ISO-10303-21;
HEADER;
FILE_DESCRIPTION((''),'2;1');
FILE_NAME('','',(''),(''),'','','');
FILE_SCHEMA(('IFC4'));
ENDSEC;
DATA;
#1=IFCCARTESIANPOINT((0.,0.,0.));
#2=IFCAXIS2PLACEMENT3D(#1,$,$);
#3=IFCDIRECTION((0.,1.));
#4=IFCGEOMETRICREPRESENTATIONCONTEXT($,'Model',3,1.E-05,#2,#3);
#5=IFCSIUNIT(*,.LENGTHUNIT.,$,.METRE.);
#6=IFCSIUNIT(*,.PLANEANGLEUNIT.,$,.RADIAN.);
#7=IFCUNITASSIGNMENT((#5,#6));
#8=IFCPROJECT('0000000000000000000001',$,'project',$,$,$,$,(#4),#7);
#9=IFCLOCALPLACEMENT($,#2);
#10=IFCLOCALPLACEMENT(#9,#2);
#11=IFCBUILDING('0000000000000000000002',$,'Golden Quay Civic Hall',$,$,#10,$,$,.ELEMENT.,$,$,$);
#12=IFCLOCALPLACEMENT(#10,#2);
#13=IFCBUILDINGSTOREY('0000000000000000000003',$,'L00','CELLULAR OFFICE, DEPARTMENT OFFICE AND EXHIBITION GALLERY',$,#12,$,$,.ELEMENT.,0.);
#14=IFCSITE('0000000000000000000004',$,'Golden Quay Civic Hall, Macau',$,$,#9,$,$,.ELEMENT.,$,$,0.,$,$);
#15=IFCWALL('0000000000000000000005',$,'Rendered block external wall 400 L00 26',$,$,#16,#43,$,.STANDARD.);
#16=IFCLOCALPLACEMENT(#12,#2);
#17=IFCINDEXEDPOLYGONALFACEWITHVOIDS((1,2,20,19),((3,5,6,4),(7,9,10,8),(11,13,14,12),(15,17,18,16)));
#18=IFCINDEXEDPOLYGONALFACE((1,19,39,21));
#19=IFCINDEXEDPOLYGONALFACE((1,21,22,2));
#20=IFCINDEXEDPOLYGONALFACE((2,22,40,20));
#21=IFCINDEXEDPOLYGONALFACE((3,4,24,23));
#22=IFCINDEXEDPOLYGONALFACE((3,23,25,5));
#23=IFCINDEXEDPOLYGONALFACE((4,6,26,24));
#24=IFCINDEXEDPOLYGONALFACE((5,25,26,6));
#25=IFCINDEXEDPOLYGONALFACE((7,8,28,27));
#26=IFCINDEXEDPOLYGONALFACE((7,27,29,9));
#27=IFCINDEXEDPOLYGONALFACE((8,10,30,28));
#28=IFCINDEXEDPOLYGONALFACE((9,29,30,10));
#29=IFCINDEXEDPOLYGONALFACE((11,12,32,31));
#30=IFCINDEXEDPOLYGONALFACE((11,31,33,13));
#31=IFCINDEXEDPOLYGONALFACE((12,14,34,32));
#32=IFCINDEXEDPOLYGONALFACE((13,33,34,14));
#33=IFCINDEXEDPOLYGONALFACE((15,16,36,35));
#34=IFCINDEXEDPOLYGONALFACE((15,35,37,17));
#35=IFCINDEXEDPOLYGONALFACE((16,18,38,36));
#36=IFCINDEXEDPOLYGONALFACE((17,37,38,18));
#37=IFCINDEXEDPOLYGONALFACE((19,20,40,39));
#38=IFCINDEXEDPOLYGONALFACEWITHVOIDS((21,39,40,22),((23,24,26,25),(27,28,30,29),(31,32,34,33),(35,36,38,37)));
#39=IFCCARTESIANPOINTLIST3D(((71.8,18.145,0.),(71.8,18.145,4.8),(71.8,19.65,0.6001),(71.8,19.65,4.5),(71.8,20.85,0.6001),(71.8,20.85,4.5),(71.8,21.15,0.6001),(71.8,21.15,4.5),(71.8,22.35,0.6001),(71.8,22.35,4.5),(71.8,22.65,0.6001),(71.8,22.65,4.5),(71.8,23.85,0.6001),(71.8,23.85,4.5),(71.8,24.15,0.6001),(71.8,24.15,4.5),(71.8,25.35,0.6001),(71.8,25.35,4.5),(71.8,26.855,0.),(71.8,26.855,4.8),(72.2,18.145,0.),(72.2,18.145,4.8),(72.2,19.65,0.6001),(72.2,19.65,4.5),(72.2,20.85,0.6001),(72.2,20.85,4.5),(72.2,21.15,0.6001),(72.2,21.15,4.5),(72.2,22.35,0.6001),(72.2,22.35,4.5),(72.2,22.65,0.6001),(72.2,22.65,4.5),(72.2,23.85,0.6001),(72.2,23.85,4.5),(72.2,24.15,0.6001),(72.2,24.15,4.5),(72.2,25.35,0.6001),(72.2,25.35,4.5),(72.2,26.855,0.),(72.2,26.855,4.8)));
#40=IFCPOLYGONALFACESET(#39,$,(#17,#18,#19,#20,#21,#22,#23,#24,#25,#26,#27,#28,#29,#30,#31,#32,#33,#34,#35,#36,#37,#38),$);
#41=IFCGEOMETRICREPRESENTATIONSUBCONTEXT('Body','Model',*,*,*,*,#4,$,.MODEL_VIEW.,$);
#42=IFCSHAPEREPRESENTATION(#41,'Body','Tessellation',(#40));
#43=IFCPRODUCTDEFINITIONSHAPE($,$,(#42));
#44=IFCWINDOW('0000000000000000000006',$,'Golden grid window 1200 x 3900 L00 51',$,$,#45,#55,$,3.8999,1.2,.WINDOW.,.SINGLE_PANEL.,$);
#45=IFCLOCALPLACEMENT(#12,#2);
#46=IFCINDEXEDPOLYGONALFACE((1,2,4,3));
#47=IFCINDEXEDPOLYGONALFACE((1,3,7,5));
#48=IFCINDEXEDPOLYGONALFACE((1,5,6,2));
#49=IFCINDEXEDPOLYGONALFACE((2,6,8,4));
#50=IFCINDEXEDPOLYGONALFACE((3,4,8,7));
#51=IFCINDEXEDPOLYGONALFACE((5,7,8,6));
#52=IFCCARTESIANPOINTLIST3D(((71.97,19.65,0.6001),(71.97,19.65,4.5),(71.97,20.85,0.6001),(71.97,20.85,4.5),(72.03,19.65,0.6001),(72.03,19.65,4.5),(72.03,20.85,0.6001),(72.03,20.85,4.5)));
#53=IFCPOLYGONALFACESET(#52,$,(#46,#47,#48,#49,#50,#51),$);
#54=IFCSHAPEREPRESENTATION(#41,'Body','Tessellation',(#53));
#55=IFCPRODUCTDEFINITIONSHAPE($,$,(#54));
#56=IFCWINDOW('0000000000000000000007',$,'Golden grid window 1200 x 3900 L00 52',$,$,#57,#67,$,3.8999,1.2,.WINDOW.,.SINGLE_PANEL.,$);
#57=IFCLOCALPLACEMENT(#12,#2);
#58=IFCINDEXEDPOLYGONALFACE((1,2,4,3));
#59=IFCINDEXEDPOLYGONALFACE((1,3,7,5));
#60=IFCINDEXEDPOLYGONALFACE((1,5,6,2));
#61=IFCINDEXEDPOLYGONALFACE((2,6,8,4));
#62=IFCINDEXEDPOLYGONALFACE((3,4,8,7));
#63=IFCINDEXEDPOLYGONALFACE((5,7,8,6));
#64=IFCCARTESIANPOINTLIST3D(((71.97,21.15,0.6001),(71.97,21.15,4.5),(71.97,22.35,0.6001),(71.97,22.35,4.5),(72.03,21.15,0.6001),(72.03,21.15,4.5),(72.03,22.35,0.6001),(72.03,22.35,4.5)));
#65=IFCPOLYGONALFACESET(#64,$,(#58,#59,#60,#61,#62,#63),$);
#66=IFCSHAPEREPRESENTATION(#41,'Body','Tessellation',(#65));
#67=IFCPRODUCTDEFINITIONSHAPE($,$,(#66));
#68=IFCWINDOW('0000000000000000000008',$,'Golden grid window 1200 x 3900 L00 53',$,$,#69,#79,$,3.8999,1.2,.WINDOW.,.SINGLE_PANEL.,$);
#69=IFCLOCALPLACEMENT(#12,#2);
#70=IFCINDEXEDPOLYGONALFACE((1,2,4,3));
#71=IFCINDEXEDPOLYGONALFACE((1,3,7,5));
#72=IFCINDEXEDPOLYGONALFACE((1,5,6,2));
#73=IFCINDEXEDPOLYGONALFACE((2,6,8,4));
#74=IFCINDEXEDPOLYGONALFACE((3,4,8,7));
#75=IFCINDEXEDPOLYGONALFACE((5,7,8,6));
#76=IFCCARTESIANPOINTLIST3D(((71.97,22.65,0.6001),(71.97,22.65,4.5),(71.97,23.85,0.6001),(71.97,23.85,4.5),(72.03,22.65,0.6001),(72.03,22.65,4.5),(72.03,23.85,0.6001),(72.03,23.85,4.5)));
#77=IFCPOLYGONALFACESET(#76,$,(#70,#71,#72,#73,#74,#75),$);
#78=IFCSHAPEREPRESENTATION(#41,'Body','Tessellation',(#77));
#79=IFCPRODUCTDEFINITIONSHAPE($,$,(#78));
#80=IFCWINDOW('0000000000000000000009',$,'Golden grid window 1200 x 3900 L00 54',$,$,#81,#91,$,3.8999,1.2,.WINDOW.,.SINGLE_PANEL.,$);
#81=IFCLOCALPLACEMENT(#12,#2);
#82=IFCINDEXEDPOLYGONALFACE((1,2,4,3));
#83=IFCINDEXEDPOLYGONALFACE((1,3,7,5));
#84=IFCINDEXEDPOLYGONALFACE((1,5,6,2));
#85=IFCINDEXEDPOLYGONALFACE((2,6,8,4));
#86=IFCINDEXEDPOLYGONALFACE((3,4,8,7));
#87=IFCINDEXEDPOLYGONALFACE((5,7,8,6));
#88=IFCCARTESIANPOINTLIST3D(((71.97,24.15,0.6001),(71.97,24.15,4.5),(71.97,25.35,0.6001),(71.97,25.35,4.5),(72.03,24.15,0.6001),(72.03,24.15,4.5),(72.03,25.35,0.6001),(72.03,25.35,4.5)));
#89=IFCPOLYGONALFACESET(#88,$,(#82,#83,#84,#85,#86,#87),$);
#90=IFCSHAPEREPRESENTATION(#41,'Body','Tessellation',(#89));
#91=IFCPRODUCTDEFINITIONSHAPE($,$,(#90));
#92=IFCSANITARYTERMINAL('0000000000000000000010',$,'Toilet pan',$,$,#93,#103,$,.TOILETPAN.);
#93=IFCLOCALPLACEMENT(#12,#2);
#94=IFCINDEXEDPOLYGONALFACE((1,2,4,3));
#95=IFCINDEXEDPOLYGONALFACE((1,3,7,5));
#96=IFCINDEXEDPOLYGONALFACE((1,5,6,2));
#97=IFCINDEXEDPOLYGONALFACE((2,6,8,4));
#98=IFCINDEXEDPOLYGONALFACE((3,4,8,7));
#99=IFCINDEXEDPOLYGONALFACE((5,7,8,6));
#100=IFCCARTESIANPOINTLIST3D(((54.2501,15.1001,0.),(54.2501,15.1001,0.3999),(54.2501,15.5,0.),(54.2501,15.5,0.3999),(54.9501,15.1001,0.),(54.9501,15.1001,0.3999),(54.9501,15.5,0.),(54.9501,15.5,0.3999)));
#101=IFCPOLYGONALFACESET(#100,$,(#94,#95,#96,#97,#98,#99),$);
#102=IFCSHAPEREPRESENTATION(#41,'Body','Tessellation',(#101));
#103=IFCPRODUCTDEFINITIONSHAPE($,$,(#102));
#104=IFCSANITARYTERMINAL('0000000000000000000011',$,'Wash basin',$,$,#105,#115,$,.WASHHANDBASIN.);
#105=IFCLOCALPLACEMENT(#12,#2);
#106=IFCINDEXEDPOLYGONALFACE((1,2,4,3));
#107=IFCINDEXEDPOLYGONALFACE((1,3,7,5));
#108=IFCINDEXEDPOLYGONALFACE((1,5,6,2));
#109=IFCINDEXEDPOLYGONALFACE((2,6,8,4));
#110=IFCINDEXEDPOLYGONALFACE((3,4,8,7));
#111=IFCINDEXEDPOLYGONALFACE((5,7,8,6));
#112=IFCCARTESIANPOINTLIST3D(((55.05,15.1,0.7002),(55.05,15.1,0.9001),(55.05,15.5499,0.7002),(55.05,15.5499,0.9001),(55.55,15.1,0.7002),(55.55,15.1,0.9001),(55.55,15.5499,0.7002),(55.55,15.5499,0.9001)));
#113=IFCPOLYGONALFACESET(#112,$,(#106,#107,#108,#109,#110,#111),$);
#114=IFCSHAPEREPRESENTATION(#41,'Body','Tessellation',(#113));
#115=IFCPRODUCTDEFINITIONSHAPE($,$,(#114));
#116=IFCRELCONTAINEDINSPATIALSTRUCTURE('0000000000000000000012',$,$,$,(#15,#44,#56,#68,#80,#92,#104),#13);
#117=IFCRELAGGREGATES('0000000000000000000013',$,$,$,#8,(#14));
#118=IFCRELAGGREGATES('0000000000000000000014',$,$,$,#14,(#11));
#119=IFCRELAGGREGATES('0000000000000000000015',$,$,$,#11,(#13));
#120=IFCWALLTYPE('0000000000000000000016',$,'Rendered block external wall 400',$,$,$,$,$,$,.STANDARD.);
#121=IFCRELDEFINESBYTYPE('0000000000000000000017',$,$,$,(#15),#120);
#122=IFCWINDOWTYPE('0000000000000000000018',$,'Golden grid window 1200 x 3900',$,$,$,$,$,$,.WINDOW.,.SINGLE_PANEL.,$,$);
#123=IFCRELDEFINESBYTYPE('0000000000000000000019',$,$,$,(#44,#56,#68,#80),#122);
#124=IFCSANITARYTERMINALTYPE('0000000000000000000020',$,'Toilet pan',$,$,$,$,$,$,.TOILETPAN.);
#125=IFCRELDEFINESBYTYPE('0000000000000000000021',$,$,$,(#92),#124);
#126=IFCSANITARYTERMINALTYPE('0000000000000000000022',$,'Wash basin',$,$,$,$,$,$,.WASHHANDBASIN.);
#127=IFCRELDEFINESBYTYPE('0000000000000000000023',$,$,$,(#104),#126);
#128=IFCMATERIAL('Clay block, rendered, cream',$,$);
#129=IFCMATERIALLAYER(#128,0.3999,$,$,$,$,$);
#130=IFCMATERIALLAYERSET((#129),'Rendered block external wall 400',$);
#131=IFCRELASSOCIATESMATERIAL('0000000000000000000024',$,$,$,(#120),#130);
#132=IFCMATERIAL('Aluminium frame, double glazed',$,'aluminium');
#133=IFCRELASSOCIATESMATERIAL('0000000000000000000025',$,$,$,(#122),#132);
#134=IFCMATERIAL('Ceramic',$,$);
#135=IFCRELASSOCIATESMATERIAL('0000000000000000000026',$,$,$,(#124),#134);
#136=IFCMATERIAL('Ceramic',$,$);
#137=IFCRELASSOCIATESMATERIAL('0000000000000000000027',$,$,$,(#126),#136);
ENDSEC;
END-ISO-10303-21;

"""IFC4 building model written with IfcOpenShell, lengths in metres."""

from ifc_helpers import new_model, si_unit, direction, frame, frame_2d, origin, origin_2d, place, context, subcontext, project, spatial, rectangle, extrude, material, layer, layer_set, type_object, element, fill, save


model = new_model("IFC4")

# Units and contexts
model_context = context("Model", 3, precision=1e-05, world=origin(), true_north=direction((0.0, 1.0)))
body_context = subcontext(model_context, "Body", "Model", "MODEL_VIEW")
ifc_project = project(units=[si_unit("LENGTHUNIT", "METRE"), si_unit("PLANEANGLEUNIT", "RADIAN")], contexts=[model_context])

# Site, building, storey
site_placement = place(None, origin())
site = spatial("IfcSite", under=ifc_project, at=site_placement, Name="Golden Quay Civic Hall, Macau", CompositionType="ELEMENT", RefElevation=0.0)
building_placement = place(site_placement, origin())
building = spatial("IfcBuilding", under=site, at=building_placement, Name="Golden Quay Civic Hall", CompositionType="ELEMENT")
storey_placement = place(building_placement, origin())
storey = spatial("IfcBuildingStorey", under=building, at=storey_placement, Name="L00", Description="CELLULAR OFFICE, DEPARTMENT OFFICE AND EXHIBITION GALLERY", CompositionType="ELEMENT", Elevation=0.0)

# Wall, openings, windows
ifc_material_1 = material(Name="Clay block, rendered, cream")
ifc_layer_1 = layer(ifc_material_1, 0.3999)
ifc_layer_set_1 = layer_set([ifc_layer_1], Name="Rendered block external wall 400")
wall_type_1 = type_object("IfcWallType", Name="Rendered block external wall 400", PredefinedType="STANDARD", material=ifc_layer_set_1)
ifc_material_2 = material(Name="Aluminium frame, double glazed", Category="aluminium")
window_type = type_object("IfcWindowType", Name="Golden grid window 1200 x 3900", PartitioningType="SINGLE_PANEL", PredefinedType="WINDOW", material=ifc_material_2)
wall_1_placement = place(storey_placement, frame((72.0, 26.855, 0.0), z_axis=(0.0, 0.0, 1.0), x_axis=(0.0, -1.0, 0.0)))
wall_1 = element("IfcWall", 1, at=wall_1_placement, inside=storey, type_object=wall_type_1, Name="Rendered block external wall 400 L00 26", PredefinedType="STANDARD", context=body_context, shape_type="SweptSolid", body=[
    extrude(rectangle(XDim=8.71, YDim=0.3999, at=frame_2d((4.355, 0.0))), origin(), (0.0, 0.0, 1.0), 4.8),
])
opening_1_placement = place(wall_1_placement, frame((6.0049, 0.0, 0.6001)))
opening_1 = element("IfcOpeningElement", 2, at=opening_1_placement, cuts=wall_1, PredefinedType="OPENING", context=body_context, shape_type="SweptSolid", body=[
    extrude(rectangle(XDim=1.2, YDim=3.8999, at=frame_2d((0.6001, 1.95))), frame((0.0, 0.21, 0.0), z_axis=(0.0, -1.0, 0.0), x_axis=(1.0, 0.0, 0.0)), (0.0, 0.0, 1.0), 0.4199),
])
opening_2_placement = place(wall_1_placement, frame((4.5049, 0.0, 0.6001)))
opening_2 = element("IfcOpeningElement", 3, at=opening_2_placement, cuts=wall_1, PredefinedType="OPENING", context=body_context, shape_type="SweptSolid", body=[
    extrude(rectangle(XDim=1.2, YDim=3.8999, at=frame_2d((0.6001, 1.95))), frame((0.0, 0.21, 0.0), z_axis=(0.0, -1.0, 0.0), x_axis=(1.0, 0.0, 0.0)), (0.0, 0.0, 1.0), 0.4199),
])
opening_3_placement = place(wall_1_placement, frame((3.0049, 0.0, 0.6001)))
opening_3 = element("IfcOpeningElement", 4, at=opening_3_placement, cuts=wall_1, PredefinedType="OPENING", context=body_context, shape_type="SweptSolid", body=[
    extrude(rectangle(XDim=1.2, YDim=3.8999, at=frame_2d((0.6001, 1.95))), frame((0.0, 0.21, 0.0), z_axis=(0.0, -1.0, 0.0), x_axis=(1.0, 0.0, 0.0)), (0.0, 0.0, 1.0), 0.4199),
])
opening_4_placement = place(wall_1_placement, frame((1.5049, 0.0, 0.6001)))
opening_4 = element("IfcOpeningElement", 5, at=opening_4_placement, cuts=wall_1, PredefinedType="OPENING", context=body_context, shape_type="SweptSolid", body=[
    extrude(rectangle(XDim=1.2, YDim=3.8999, at=frame_2d((0.6001, 1.95))), frame((0.0, 0.21, 0.0), z_axis=(0.0, -1.0, 0.0), x_axis=(1.0, 0.0, 0.0)), (0.0, 0.0, 1.0), 0.4199),
])
window_1_placement = place(opening_1_placement, origin())
window_1 = element("IfcWindow", 6, at=window_1_placement, inside=storey, type_object=window_type, Name="Golden grid window 1200 x 3900 L00 51", OverallHeight=3.8999, OverallWidth=1.2, PartitioningType="SINGLE_PANEL", PredefinedType="WINDOW", context=body_context, shape_type="SweptSolid", body=[
    extrude(rectangle(XDim=1.2, YDim=3.8999, at=frame_2d((0.6001, 1.95))), frame((0.0, 0.03, 0.0), z_axis=(0.0, -1.0, 0.0), x_axis=(1.0, 0.0, 0.0)), (0.0, 0.0, 1.0), 0.0601),
])
fill(opening_1, window_1)
window_2_placement = place(opening_2_placement, origin())
window_2 = element("IfcWindow", 7, at=window_2_placement, inside=storey, type_object=window_type, Name="Golden grid window 1200 x 3900 L00 52", OverallHeight=3.8999, OverallWidth=1.2, PartitioningType="SINGLE_PANEL", PredefinedType="WINDOW", context=body_context, shape_type="SweptSolid", body=[
    extrude(rectangle(XDim=1.2, YDim=3.8999, at=frame_2d((0.6001, 1.95))), frame((0.0, 0.03, 0.0), z_axis=(0.0, -1.0, 0.0), x_axis=(1.0, 0.0, 0.0)), (0.0, 0.0, 1.0), 0.0601),
])
fill(opening_2, window_2)
window_3_placement = place(opening_3_placement, origin())
window_3 = element("IfcWindow", 8, at=window_3_placement, inside=storey, type_object=window_type, Name="Golden grid window 1200 x 3900 L00 53", OverallHeight=3.8999, OverallWidth=1.2, PartitioningType="SINGLE_PANEL", PredefinedType="WINDOW", context=body_context, shape_type="SweptSolid", body=[
    extrude(rectangle(XDim=1.2, YDim=3.8999, at=frame_2d((0.6001, 1.95))), frame((0.0, 0.03, 0.0), z_axis=(0.0, -1.0, 0.0), x_axis=(1.0, 0.0, 0.0)), (0.0, 0.0, 1.0), 0.0601),
])
fill(opening_3, window_3)
window_4_placement = place(opening_4_placement, origin())
window_4 = element("IfcWindow", 9, at=window_4_placement, inside=storey, type_object=window_type, Name="Golden grid window 1200 x 3900 L00 54", OverallHeight=3.8999, OverallWidth=1.2, PartitioningType="SINGLE_PANEL", PredefinedType="WINDOW", context=body_context, shape_type="SweptSolid", body=[
    extrude(rectangle(XDim=1.2, YDim=3.8999, at=frame_2d((0.6001, 1.95))), frame((0.0, 0.03, 0.0), z_axis=(0.0, -1.0, 0.0), x_axis=(1.0, 0.0, 0.0)), (0.0, 0.0, 1.0), 0.0601),
])
fill(opening_4, window_4)

# Sanitary terminals
ifc_material_3 = material(Name="Ceramic")
sanitary_terminal_type_1 = type_object("IfcSanitaryTerminalType", Name="Toilet pan", PredefinedType="TOILETPAN", material=ifc_material_3)
sanitary_terminal_1_placement = place(storey_placement, frame((54.6001, 15.3, 0.0), z_axis=(0.0, 0.0, 1.0), x_axis=(0.0, 1.0, 0.0)))
element("IfcSanitaryTerminal", 10, at=sanitary_terminal_1_placement, inside=storey, type_object=sanitary_terminal_type_1, Name="Toilet pan", PredefinedType="TOILETPAN", context=body_context, shape_type="SweptSolid", body=[
    extrude(rectangle(XDim=0.3999, YDim=0.7, at=origin_2d()), origin(), (0.0, 0.0, 1.0), 0.3999),
])
ifc_material_4 = material(Name="Ceramic")
sanitary_terminal_type_2 = type_object("IfcSanitaryTerminalType", Name="Wash basin", PredefinedType="WASHHANDBASIN", material=ifc_material_4)
sanitary_terminal_2_placement = place(storey_placement, frame((55.3, 15.325, 0.7002), z_axis=(0.0, 0.0, 1.0), x_axis=(1.0, 0.0, 0.0)))
element("IfcSanitaryTerminal", 11, at=sanitary_terminal_2_placement, inside=storey, type_object=sanitary_terminal_type_2, Name="Wash basin", PredefinedType="WASHHANDBASIN", context=body_context, shape_type="SweptSolid", body=[
    extrude(rectangle(XDim=0.5, YDim=0.45, at=origin_2d()), origin(), (0.0, 0.0, 1.0), 0.2),
])

save(model, "model.ifc")
